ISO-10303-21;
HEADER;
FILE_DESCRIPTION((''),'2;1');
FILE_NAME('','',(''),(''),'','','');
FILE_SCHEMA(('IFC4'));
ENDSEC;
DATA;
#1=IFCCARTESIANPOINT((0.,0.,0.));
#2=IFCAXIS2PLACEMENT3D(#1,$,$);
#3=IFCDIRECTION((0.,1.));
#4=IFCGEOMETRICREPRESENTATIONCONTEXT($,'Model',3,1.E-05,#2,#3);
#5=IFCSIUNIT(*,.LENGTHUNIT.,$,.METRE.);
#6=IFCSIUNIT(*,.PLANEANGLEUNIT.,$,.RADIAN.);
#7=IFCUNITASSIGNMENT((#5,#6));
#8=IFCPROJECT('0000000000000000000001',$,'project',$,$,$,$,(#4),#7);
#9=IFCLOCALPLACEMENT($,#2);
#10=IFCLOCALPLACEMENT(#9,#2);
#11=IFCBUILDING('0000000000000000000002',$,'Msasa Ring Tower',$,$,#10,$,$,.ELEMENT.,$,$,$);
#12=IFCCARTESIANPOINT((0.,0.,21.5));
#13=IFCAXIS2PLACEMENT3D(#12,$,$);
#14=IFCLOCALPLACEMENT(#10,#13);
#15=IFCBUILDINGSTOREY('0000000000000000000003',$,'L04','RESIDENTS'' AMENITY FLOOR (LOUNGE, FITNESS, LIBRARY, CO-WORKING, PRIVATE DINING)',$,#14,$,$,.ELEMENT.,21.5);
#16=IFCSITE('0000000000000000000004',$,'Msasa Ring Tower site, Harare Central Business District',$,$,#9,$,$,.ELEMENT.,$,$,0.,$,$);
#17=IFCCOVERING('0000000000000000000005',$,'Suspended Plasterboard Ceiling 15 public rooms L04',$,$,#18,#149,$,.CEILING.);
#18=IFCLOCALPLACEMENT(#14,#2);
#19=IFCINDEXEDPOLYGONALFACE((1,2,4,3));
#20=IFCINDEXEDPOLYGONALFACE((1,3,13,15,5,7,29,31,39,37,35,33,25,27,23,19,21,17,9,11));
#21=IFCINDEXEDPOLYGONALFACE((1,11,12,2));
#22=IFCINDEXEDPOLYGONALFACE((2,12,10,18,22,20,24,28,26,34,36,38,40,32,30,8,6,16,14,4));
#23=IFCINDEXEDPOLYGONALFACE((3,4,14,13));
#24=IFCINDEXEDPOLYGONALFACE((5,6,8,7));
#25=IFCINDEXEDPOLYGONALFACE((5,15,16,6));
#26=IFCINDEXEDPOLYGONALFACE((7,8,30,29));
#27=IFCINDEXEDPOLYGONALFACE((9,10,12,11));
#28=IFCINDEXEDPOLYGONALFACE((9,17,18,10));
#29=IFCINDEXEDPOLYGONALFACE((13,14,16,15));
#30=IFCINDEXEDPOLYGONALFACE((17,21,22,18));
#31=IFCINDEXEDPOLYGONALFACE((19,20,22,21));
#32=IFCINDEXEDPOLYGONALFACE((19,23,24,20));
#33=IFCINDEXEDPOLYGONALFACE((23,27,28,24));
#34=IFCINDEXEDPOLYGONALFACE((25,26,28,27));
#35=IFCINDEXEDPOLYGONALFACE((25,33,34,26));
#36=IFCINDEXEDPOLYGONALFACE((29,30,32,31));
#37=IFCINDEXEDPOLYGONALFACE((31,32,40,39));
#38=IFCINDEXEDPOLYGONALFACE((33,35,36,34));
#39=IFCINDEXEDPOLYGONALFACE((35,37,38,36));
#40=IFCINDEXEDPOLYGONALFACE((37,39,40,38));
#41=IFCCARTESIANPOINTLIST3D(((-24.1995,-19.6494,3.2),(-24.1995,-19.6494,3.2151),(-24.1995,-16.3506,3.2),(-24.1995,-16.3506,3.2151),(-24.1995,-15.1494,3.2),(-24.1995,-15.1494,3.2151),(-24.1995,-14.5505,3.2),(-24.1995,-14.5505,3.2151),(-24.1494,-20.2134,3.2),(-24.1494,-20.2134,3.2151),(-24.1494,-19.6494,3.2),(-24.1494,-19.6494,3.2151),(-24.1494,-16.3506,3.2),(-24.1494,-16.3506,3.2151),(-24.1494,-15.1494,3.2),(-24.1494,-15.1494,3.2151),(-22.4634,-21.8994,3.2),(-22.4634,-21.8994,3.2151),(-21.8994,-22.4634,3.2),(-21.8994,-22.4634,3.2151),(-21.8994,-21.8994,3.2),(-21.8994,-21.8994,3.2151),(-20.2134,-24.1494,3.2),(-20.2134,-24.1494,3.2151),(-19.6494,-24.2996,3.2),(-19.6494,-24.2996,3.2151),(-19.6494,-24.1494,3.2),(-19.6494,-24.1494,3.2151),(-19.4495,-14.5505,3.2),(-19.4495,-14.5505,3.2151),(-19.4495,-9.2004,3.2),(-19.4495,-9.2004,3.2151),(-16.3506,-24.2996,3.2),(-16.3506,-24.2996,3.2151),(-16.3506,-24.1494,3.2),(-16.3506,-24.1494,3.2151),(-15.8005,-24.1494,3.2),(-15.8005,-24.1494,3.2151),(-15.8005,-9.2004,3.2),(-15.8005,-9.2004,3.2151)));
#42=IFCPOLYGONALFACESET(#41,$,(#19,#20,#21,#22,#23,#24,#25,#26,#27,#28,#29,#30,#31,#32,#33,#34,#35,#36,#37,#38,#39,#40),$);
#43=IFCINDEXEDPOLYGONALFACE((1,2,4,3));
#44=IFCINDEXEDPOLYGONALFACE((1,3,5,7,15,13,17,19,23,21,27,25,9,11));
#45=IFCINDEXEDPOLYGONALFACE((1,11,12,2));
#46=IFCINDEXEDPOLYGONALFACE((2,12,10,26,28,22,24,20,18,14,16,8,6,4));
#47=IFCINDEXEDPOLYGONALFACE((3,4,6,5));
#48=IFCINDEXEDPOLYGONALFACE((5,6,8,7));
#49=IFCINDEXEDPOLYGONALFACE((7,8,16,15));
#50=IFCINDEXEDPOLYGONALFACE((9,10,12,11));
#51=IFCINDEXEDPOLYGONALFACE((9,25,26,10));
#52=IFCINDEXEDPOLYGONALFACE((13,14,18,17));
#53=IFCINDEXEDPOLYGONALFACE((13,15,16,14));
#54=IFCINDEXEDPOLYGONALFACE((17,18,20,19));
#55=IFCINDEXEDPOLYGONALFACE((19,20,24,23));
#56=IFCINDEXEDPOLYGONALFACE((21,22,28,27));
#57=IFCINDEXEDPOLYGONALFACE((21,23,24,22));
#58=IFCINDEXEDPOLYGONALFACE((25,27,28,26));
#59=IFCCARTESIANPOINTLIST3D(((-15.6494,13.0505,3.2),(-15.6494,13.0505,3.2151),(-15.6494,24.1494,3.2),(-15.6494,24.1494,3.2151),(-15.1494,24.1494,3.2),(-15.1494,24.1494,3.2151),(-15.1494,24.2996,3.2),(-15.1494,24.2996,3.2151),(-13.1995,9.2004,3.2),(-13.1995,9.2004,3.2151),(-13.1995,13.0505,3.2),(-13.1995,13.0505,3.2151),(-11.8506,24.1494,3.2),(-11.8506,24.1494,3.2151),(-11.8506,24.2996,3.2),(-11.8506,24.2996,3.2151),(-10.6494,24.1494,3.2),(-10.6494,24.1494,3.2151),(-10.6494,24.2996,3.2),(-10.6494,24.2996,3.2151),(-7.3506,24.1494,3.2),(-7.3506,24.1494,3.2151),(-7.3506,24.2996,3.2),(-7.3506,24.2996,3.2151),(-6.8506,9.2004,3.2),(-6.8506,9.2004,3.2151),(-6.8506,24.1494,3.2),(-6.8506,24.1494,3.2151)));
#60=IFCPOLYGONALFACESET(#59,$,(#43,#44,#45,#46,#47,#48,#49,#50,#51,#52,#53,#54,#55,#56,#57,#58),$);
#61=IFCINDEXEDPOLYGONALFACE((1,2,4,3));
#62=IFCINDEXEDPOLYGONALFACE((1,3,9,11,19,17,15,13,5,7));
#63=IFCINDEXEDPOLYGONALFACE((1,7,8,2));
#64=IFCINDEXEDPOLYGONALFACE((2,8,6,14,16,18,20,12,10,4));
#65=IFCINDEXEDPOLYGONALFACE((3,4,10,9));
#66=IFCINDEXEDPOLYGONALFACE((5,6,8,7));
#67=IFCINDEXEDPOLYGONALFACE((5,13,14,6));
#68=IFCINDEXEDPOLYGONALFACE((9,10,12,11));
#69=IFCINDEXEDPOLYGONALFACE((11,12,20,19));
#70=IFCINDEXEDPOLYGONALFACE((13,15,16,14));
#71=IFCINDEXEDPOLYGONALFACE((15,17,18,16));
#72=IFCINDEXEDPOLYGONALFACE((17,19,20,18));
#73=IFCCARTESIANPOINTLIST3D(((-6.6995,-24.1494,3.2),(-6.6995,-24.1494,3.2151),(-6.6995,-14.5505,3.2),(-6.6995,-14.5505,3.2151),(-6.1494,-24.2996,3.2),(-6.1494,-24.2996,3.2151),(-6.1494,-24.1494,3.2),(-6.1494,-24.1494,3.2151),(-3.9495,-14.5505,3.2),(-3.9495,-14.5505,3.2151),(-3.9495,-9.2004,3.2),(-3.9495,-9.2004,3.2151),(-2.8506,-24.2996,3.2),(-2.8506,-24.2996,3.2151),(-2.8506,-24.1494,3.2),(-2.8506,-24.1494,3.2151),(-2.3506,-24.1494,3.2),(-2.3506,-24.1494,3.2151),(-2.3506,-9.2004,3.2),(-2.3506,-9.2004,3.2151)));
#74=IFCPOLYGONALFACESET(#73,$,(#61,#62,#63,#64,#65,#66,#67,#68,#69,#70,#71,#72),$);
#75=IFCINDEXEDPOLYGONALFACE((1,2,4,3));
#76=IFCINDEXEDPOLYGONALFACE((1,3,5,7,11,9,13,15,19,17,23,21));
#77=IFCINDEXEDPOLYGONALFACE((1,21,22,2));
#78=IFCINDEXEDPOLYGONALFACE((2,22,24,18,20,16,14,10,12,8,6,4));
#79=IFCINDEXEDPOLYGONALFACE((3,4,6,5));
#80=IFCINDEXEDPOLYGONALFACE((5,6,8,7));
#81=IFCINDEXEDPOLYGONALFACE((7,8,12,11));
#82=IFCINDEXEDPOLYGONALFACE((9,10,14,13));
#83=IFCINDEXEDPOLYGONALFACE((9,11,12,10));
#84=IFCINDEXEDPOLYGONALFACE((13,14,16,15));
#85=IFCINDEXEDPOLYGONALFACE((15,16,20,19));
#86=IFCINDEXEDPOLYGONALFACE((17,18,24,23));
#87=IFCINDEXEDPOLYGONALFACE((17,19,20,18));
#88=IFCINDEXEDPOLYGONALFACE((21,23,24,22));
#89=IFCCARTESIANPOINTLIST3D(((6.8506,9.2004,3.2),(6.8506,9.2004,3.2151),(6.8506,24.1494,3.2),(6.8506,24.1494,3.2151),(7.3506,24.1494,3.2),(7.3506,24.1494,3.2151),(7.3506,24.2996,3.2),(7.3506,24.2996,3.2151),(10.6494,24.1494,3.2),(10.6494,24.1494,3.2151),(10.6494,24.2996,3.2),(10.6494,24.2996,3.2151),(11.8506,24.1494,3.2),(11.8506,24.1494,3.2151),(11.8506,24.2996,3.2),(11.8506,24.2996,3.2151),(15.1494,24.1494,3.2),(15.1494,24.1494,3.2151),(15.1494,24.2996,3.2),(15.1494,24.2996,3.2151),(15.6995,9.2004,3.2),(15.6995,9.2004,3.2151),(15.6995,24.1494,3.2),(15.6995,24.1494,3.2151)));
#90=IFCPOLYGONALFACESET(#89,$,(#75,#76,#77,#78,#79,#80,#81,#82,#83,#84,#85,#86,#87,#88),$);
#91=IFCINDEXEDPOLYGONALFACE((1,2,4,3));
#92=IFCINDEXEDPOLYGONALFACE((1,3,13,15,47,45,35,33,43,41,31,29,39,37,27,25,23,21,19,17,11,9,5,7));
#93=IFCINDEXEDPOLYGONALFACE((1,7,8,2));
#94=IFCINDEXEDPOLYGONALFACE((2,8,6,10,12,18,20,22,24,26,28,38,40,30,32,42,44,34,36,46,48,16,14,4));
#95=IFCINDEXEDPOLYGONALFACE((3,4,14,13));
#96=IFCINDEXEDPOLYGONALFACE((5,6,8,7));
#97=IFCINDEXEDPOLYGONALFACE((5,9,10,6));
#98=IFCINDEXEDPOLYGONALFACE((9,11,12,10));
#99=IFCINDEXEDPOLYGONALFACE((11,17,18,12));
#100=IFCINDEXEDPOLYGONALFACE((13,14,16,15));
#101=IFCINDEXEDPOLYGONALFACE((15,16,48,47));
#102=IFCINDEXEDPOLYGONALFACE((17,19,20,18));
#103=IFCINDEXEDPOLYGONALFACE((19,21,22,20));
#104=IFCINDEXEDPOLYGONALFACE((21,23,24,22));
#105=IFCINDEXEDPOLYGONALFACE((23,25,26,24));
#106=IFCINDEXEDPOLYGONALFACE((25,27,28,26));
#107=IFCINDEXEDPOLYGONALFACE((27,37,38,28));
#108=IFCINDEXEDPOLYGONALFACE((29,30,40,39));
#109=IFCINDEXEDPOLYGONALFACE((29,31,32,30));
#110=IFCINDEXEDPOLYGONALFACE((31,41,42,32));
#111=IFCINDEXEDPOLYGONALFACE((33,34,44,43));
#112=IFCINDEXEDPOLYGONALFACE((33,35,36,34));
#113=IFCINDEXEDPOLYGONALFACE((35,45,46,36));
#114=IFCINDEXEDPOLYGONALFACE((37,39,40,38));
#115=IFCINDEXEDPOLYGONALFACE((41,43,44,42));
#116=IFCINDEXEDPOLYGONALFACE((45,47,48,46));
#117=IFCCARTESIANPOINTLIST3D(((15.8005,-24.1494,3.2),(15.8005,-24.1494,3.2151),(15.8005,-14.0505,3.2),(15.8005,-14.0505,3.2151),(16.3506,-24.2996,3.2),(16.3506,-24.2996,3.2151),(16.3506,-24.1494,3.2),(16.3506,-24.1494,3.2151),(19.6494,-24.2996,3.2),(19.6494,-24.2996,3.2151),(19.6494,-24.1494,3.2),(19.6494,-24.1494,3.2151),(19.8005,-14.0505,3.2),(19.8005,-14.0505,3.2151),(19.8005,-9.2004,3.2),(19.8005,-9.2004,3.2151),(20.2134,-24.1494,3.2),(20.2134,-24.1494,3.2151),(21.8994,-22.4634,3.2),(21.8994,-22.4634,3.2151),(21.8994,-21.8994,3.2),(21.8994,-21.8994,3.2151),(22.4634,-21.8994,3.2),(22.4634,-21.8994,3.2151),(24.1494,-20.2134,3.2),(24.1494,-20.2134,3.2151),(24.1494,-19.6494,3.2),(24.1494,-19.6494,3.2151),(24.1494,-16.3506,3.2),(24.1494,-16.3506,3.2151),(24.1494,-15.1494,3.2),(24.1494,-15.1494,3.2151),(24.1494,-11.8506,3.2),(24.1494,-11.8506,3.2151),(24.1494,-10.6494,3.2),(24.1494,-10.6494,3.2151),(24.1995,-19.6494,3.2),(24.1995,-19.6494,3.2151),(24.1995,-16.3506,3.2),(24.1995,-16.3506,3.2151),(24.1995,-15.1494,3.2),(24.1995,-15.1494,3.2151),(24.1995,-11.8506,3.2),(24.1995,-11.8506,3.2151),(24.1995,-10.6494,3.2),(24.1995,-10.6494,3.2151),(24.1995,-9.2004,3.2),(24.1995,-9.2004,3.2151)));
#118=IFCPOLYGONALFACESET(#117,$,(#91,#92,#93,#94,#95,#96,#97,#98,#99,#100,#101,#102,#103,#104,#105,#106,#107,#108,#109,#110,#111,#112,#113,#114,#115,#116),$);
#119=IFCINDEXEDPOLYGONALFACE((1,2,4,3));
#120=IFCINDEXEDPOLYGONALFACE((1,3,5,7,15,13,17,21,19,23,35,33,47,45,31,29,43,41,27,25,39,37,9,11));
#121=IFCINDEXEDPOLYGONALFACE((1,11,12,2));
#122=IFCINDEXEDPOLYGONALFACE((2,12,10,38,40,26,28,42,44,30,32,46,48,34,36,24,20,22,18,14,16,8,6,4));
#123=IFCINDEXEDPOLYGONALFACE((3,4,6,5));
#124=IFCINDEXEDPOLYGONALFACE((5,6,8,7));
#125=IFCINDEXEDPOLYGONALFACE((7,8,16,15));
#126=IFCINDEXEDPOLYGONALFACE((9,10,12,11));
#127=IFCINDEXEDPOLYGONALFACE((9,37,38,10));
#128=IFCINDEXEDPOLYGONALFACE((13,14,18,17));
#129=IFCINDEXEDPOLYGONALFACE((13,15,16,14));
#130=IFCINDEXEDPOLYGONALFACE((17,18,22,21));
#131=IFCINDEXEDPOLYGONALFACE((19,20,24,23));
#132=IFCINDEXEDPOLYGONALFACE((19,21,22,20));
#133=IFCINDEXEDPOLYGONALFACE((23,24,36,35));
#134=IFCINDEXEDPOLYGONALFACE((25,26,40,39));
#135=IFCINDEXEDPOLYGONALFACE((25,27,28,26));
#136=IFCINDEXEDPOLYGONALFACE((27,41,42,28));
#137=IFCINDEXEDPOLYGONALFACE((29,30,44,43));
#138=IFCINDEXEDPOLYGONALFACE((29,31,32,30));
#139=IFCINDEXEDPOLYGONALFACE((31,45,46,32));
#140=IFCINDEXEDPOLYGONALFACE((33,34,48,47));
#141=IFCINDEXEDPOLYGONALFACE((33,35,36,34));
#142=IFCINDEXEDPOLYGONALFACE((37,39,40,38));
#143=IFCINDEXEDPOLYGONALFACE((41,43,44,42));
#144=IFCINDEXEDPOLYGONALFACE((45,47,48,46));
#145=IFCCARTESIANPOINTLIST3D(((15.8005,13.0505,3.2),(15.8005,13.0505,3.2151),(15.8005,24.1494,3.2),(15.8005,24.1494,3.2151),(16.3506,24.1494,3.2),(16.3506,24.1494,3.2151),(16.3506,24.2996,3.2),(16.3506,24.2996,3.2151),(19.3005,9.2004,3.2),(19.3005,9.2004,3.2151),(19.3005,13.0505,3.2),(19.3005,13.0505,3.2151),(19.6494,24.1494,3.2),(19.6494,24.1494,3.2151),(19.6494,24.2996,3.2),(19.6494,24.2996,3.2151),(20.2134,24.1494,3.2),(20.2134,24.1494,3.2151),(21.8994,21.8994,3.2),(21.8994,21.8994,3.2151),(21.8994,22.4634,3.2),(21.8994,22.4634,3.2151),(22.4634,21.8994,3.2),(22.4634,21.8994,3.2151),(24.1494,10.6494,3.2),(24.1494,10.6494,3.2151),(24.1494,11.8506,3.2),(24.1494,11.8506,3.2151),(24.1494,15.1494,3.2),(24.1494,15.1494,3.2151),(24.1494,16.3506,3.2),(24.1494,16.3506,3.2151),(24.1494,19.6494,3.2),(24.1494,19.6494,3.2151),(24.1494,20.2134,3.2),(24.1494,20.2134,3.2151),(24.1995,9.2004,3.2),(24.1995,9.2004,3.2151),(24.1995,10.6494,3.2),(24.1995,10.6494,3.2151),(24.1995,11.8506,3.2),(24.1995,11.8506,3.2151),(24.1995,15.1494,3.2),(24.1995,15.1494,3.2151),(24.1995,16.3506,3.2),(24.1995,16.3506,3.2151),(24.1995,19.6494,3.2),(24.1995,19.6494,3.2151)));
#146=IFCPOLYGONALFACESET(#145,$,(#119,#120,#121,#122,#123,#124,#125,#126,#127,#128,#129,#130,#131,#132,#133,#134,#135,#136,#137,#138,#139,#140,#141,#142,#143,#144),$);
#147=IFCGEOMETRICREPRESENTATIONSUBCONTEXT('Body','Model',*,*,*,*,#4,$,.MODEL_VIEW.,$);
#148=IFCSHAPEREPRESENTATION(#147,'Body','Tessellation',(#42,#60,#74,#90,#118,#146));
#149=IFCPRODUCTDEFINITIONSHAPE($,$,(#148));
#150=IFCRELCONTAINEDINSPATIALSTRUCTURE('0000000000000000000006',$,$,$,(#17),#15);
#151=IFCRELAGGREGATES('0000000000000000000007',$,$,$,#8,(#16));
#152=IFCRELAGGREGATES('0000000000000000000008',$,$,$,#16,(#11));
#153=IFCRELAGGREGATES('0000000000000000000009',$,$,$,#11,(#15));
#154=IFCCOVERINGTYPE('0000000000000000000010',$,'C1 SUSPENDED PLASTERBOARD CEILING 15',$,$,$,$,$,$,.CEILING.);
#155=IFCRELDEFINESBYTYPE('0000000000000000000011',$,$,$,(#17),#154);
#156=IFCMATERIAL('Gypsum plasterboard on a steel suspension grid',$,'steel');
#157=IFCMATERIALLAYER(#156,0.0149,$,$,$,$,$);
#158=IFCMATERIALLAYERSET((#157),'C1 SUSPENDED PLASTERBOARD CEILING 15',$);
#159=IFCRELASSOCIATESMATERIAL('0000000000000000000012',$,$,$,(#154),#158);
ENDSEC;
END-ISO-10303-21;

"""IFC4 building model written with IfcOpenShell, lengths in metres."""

from ifc_helpers import new_model, si_unit, direction, frame, origin, place, context, subcontext, project, spatial, line, indexed_curve, outline, extrude, material, layer, layer_set, type_object, element, save


model = new_model("IFC4")

# Units and contexts
model_context = context("Model", 3, precision=1e-05, world=origin(), true_north=direction((0.0, 1.0)))
body_context = subcontext(model_context, "Body", "Model", "MODEL_VIEW")
ifc_project = project(units=[si_unit("LENGTHUNIT", "METRE"), si_unit("PLANEANGLEUNIT", "RADIAN")], contexts=[model_context])

# Site, building, storey
site_placement = place(None, origin())
site = spatial("IfcSite", under=ifc_project, at=site_placement, Name="Msasa Ring Tower site, Harare Central Business District", CompositionType="ELEMENT", RefElevation=0.0)
building_placement = place(site_placement, origin())
building = spatial("IfcBuilding", under=site, at=building_placement, Name="Msasa Ring Tower", CompositionType="ELEMENT")
storey_placement = place(building_placement, frame((0.0, 0.0, 21.5)))
storey = spatial("IfcBuildingStorey", under=building, at=storey_placement, Name="L04", Description="RESIDENTS' AMENITY FLOOR (LOUNGE, FITNESS, LIBRARY, CO-WORKING, PRIVATE DINING)", CompositionType="ELEMENT", Elevation=21.5)

# Covering
ifc_material_1 = material(Name="Gypsum plasterboard on a steel suspension grid", Category="steel")
ifc_layer_1 = layer(ifc_material_1, 0.0149)
ifc_layer_set_1 = layer_set([ifc_layer_1], Name="C1 SUSPENDED PLASTERBOARD CEILING 15")
covering_type_1 = type_object("IfcCoveringType", Name="C1 SUSPENDED PLASTERBOARD CEILING 15", PredefinedType="CEILING", material=ifc_layer_set_1)
covering_1_placement = place(storey_placement, frame((0.0, 0.0, 3.2)))
element("IfcCovering", 1, at=covering_1_placement, inside=storey, type_object=covering_type_1, Name="Suspended Plasterboard Ceiling 15 public rooms L04", PredefinedType="CEILING", context=body_context, shape_type="SweptSolid", body=[
    extrude(outline(indexed_curve([(-24.1995, -16.3506), (-24.1494, -16.3506), (-24.1494, -15.1494), (-24.1995, -15.1494), (-24.1995, -14.5505), (-19.4495, -14.5505), (-19.4495, -9.2004), (-15.8005, -9.2004), (-15.8005, -24.1494), (-16.3506, -24.1494), (-16.3506, -24.2996), (-19.6494, -24.2996), (-19.6494, -24.1494), (-20.2134, -24.1494), (-21.8994, -22.4634), (-21.8994, -21.8994), (-22.4634, -21.8994), (-24.1494, -20.2134), (-24.1494, -19.6494), (-24.1995, -19.6494)], segments=[line(1, 2, 3, 4, 5, 6, 7, 8, 9, 10, 11, 12, 13, 14, 15, 16, 17, 18, 19, 20, 1)], self_intersect=False)), origin(), (0.0, 0.0, 1.0), 0.0151),
    extrude(outline(indexed_curve([(-15.6494, 13.0505), (-15.6494, 24.1494), (-15.1494, 24.1494), (-15.1494, 24.2996), (-11.8506, 24.2996), (-11.8506, 24.1494), (-10.6494, 24.1494), (-10.6494, 24.2996), (-7.3506, 24.2996), (-7.3506, 24.1494), (-6.8506, 24.1494), (-6.8506, 9.2004), (-13.1995, 9.2004), (-13.1995, 13.0505)], segments=[line(1, 2, 3, 4, 5, 6, 7, 8, 9, 10, 11, 12, 13, 14, 1)], self_intersect=False)), origin(), (0.0, 0.0, 1.0), 0.0151),
    extrude(outline(indexed_curve([(-3.9495, -14.5505), (-3.9495, -9.2004), (-2.3506, -9.2004), (-2.3506, -24.1494), (-2.8506, -24.1494), (-2.8506, -24.2996), (-6.1494, -24.2996), (-6.1494, -24.1494), (-6.6995, -24.1494), (-6.6995, -14.5505)], segments=[line(1, 2, 3, 4, 5, 6, 7, 8, 9, 10, 1)], self_intersect=False)), origin(), (0.0, 0.0, 1.0), 0.0151),
    extrude(outline(indexed_curve([(6.8506, 9.2004), (6.8506, 24.1494), (7.3506, 24.1494), (7.3506, 24.2996), (10.6494, 24.2996), (10.6494, 24.1494), (11.8506, 24.1494), (11.8506, 24.2996), (15.1494, 24.2996), (15.1494, 24.1494), (15.6995, 24.1494), (15.6995, 9.2004)], segments=[line(1, 2, 3, 4, 5, 6, 7, 8, 9, 10, 11, 12, 1)], self_intersect=False)), origin(), (0.0, 0.0, 1.0), 0.0151),
    extrude(outline(indexed_curve([(19.8005, -14.0505), (19.8005, -9.2004), (24.1995, -9.2004), (24.1995, -10.6494), (24.1494, -10.6494), (24.1494, -11.8506), (24.1995, -11.8506), (24.1995, -15.1494), (24.1494, -15.1494), (24.1494, -16.3506), (24.1995, -16.3506), (24.1995, -19.6494), (24.1494, -19.6494), (24.1494, -20.2134), (22.4634, -21.8994), (21.8994, -21.8994), (21.8994, -22.4634), (20.2134, -24.1494), (19.6494, -24.1494), (19.6494, -24.2996), (16.3506, -24.2996), (16.3506, -24.1494), (15.8005, -24.1494), (15.8005, -14.0505)], segments=[line(1, 2, 3, 4, 5, 6, 7, 8, 9, 10, 11, 12, 13, 14, 15, 16, 17, 18, 19, 20, 21, 22, 23, 24, 1)], self_intersect=False)), origin(), (0.0, 0.0, 1.0), 0.0151),
    extrude(outline(indexed_curve([(15.8005, 24.1494), (16.3506, 24.1494), (16.3506, 24.2996), (19.6494, 24.2996), (19.6494, 24.1494), (20.2134, 24.1494), (21.8994, 22.4634), (21.8994, 21.8994), (22.4634, 21.8994), (24.1494, 20.2134), (24.1494, 19.6494), (24.1995, 19.6494), (24.1995, 16.3506), (24.1494, 16.3506), (24.1494, 15.1494), (24.1995, 15.1494), (24.1995, 11.8506), (24.1494, 11.8506), (24.1494, 10.6494), (24.1995, 10.6494), (24.1995, 9.2004), (19.3005, 9.2004), (19.3005, 13.0505), (15.8005, 13.0505)], segments=[line(1, 2, 3, 4, 5, 6, 7, 8, 9, 10, 11, 12, 13, 14, 15, 16, 17, 18, 19, 20, 21, 22, 23, 24, 1)], self_intersect=False)), origin(), (0.0, 0.0, 1.0), 0.0151),
])

save(model, "model.ifc")
